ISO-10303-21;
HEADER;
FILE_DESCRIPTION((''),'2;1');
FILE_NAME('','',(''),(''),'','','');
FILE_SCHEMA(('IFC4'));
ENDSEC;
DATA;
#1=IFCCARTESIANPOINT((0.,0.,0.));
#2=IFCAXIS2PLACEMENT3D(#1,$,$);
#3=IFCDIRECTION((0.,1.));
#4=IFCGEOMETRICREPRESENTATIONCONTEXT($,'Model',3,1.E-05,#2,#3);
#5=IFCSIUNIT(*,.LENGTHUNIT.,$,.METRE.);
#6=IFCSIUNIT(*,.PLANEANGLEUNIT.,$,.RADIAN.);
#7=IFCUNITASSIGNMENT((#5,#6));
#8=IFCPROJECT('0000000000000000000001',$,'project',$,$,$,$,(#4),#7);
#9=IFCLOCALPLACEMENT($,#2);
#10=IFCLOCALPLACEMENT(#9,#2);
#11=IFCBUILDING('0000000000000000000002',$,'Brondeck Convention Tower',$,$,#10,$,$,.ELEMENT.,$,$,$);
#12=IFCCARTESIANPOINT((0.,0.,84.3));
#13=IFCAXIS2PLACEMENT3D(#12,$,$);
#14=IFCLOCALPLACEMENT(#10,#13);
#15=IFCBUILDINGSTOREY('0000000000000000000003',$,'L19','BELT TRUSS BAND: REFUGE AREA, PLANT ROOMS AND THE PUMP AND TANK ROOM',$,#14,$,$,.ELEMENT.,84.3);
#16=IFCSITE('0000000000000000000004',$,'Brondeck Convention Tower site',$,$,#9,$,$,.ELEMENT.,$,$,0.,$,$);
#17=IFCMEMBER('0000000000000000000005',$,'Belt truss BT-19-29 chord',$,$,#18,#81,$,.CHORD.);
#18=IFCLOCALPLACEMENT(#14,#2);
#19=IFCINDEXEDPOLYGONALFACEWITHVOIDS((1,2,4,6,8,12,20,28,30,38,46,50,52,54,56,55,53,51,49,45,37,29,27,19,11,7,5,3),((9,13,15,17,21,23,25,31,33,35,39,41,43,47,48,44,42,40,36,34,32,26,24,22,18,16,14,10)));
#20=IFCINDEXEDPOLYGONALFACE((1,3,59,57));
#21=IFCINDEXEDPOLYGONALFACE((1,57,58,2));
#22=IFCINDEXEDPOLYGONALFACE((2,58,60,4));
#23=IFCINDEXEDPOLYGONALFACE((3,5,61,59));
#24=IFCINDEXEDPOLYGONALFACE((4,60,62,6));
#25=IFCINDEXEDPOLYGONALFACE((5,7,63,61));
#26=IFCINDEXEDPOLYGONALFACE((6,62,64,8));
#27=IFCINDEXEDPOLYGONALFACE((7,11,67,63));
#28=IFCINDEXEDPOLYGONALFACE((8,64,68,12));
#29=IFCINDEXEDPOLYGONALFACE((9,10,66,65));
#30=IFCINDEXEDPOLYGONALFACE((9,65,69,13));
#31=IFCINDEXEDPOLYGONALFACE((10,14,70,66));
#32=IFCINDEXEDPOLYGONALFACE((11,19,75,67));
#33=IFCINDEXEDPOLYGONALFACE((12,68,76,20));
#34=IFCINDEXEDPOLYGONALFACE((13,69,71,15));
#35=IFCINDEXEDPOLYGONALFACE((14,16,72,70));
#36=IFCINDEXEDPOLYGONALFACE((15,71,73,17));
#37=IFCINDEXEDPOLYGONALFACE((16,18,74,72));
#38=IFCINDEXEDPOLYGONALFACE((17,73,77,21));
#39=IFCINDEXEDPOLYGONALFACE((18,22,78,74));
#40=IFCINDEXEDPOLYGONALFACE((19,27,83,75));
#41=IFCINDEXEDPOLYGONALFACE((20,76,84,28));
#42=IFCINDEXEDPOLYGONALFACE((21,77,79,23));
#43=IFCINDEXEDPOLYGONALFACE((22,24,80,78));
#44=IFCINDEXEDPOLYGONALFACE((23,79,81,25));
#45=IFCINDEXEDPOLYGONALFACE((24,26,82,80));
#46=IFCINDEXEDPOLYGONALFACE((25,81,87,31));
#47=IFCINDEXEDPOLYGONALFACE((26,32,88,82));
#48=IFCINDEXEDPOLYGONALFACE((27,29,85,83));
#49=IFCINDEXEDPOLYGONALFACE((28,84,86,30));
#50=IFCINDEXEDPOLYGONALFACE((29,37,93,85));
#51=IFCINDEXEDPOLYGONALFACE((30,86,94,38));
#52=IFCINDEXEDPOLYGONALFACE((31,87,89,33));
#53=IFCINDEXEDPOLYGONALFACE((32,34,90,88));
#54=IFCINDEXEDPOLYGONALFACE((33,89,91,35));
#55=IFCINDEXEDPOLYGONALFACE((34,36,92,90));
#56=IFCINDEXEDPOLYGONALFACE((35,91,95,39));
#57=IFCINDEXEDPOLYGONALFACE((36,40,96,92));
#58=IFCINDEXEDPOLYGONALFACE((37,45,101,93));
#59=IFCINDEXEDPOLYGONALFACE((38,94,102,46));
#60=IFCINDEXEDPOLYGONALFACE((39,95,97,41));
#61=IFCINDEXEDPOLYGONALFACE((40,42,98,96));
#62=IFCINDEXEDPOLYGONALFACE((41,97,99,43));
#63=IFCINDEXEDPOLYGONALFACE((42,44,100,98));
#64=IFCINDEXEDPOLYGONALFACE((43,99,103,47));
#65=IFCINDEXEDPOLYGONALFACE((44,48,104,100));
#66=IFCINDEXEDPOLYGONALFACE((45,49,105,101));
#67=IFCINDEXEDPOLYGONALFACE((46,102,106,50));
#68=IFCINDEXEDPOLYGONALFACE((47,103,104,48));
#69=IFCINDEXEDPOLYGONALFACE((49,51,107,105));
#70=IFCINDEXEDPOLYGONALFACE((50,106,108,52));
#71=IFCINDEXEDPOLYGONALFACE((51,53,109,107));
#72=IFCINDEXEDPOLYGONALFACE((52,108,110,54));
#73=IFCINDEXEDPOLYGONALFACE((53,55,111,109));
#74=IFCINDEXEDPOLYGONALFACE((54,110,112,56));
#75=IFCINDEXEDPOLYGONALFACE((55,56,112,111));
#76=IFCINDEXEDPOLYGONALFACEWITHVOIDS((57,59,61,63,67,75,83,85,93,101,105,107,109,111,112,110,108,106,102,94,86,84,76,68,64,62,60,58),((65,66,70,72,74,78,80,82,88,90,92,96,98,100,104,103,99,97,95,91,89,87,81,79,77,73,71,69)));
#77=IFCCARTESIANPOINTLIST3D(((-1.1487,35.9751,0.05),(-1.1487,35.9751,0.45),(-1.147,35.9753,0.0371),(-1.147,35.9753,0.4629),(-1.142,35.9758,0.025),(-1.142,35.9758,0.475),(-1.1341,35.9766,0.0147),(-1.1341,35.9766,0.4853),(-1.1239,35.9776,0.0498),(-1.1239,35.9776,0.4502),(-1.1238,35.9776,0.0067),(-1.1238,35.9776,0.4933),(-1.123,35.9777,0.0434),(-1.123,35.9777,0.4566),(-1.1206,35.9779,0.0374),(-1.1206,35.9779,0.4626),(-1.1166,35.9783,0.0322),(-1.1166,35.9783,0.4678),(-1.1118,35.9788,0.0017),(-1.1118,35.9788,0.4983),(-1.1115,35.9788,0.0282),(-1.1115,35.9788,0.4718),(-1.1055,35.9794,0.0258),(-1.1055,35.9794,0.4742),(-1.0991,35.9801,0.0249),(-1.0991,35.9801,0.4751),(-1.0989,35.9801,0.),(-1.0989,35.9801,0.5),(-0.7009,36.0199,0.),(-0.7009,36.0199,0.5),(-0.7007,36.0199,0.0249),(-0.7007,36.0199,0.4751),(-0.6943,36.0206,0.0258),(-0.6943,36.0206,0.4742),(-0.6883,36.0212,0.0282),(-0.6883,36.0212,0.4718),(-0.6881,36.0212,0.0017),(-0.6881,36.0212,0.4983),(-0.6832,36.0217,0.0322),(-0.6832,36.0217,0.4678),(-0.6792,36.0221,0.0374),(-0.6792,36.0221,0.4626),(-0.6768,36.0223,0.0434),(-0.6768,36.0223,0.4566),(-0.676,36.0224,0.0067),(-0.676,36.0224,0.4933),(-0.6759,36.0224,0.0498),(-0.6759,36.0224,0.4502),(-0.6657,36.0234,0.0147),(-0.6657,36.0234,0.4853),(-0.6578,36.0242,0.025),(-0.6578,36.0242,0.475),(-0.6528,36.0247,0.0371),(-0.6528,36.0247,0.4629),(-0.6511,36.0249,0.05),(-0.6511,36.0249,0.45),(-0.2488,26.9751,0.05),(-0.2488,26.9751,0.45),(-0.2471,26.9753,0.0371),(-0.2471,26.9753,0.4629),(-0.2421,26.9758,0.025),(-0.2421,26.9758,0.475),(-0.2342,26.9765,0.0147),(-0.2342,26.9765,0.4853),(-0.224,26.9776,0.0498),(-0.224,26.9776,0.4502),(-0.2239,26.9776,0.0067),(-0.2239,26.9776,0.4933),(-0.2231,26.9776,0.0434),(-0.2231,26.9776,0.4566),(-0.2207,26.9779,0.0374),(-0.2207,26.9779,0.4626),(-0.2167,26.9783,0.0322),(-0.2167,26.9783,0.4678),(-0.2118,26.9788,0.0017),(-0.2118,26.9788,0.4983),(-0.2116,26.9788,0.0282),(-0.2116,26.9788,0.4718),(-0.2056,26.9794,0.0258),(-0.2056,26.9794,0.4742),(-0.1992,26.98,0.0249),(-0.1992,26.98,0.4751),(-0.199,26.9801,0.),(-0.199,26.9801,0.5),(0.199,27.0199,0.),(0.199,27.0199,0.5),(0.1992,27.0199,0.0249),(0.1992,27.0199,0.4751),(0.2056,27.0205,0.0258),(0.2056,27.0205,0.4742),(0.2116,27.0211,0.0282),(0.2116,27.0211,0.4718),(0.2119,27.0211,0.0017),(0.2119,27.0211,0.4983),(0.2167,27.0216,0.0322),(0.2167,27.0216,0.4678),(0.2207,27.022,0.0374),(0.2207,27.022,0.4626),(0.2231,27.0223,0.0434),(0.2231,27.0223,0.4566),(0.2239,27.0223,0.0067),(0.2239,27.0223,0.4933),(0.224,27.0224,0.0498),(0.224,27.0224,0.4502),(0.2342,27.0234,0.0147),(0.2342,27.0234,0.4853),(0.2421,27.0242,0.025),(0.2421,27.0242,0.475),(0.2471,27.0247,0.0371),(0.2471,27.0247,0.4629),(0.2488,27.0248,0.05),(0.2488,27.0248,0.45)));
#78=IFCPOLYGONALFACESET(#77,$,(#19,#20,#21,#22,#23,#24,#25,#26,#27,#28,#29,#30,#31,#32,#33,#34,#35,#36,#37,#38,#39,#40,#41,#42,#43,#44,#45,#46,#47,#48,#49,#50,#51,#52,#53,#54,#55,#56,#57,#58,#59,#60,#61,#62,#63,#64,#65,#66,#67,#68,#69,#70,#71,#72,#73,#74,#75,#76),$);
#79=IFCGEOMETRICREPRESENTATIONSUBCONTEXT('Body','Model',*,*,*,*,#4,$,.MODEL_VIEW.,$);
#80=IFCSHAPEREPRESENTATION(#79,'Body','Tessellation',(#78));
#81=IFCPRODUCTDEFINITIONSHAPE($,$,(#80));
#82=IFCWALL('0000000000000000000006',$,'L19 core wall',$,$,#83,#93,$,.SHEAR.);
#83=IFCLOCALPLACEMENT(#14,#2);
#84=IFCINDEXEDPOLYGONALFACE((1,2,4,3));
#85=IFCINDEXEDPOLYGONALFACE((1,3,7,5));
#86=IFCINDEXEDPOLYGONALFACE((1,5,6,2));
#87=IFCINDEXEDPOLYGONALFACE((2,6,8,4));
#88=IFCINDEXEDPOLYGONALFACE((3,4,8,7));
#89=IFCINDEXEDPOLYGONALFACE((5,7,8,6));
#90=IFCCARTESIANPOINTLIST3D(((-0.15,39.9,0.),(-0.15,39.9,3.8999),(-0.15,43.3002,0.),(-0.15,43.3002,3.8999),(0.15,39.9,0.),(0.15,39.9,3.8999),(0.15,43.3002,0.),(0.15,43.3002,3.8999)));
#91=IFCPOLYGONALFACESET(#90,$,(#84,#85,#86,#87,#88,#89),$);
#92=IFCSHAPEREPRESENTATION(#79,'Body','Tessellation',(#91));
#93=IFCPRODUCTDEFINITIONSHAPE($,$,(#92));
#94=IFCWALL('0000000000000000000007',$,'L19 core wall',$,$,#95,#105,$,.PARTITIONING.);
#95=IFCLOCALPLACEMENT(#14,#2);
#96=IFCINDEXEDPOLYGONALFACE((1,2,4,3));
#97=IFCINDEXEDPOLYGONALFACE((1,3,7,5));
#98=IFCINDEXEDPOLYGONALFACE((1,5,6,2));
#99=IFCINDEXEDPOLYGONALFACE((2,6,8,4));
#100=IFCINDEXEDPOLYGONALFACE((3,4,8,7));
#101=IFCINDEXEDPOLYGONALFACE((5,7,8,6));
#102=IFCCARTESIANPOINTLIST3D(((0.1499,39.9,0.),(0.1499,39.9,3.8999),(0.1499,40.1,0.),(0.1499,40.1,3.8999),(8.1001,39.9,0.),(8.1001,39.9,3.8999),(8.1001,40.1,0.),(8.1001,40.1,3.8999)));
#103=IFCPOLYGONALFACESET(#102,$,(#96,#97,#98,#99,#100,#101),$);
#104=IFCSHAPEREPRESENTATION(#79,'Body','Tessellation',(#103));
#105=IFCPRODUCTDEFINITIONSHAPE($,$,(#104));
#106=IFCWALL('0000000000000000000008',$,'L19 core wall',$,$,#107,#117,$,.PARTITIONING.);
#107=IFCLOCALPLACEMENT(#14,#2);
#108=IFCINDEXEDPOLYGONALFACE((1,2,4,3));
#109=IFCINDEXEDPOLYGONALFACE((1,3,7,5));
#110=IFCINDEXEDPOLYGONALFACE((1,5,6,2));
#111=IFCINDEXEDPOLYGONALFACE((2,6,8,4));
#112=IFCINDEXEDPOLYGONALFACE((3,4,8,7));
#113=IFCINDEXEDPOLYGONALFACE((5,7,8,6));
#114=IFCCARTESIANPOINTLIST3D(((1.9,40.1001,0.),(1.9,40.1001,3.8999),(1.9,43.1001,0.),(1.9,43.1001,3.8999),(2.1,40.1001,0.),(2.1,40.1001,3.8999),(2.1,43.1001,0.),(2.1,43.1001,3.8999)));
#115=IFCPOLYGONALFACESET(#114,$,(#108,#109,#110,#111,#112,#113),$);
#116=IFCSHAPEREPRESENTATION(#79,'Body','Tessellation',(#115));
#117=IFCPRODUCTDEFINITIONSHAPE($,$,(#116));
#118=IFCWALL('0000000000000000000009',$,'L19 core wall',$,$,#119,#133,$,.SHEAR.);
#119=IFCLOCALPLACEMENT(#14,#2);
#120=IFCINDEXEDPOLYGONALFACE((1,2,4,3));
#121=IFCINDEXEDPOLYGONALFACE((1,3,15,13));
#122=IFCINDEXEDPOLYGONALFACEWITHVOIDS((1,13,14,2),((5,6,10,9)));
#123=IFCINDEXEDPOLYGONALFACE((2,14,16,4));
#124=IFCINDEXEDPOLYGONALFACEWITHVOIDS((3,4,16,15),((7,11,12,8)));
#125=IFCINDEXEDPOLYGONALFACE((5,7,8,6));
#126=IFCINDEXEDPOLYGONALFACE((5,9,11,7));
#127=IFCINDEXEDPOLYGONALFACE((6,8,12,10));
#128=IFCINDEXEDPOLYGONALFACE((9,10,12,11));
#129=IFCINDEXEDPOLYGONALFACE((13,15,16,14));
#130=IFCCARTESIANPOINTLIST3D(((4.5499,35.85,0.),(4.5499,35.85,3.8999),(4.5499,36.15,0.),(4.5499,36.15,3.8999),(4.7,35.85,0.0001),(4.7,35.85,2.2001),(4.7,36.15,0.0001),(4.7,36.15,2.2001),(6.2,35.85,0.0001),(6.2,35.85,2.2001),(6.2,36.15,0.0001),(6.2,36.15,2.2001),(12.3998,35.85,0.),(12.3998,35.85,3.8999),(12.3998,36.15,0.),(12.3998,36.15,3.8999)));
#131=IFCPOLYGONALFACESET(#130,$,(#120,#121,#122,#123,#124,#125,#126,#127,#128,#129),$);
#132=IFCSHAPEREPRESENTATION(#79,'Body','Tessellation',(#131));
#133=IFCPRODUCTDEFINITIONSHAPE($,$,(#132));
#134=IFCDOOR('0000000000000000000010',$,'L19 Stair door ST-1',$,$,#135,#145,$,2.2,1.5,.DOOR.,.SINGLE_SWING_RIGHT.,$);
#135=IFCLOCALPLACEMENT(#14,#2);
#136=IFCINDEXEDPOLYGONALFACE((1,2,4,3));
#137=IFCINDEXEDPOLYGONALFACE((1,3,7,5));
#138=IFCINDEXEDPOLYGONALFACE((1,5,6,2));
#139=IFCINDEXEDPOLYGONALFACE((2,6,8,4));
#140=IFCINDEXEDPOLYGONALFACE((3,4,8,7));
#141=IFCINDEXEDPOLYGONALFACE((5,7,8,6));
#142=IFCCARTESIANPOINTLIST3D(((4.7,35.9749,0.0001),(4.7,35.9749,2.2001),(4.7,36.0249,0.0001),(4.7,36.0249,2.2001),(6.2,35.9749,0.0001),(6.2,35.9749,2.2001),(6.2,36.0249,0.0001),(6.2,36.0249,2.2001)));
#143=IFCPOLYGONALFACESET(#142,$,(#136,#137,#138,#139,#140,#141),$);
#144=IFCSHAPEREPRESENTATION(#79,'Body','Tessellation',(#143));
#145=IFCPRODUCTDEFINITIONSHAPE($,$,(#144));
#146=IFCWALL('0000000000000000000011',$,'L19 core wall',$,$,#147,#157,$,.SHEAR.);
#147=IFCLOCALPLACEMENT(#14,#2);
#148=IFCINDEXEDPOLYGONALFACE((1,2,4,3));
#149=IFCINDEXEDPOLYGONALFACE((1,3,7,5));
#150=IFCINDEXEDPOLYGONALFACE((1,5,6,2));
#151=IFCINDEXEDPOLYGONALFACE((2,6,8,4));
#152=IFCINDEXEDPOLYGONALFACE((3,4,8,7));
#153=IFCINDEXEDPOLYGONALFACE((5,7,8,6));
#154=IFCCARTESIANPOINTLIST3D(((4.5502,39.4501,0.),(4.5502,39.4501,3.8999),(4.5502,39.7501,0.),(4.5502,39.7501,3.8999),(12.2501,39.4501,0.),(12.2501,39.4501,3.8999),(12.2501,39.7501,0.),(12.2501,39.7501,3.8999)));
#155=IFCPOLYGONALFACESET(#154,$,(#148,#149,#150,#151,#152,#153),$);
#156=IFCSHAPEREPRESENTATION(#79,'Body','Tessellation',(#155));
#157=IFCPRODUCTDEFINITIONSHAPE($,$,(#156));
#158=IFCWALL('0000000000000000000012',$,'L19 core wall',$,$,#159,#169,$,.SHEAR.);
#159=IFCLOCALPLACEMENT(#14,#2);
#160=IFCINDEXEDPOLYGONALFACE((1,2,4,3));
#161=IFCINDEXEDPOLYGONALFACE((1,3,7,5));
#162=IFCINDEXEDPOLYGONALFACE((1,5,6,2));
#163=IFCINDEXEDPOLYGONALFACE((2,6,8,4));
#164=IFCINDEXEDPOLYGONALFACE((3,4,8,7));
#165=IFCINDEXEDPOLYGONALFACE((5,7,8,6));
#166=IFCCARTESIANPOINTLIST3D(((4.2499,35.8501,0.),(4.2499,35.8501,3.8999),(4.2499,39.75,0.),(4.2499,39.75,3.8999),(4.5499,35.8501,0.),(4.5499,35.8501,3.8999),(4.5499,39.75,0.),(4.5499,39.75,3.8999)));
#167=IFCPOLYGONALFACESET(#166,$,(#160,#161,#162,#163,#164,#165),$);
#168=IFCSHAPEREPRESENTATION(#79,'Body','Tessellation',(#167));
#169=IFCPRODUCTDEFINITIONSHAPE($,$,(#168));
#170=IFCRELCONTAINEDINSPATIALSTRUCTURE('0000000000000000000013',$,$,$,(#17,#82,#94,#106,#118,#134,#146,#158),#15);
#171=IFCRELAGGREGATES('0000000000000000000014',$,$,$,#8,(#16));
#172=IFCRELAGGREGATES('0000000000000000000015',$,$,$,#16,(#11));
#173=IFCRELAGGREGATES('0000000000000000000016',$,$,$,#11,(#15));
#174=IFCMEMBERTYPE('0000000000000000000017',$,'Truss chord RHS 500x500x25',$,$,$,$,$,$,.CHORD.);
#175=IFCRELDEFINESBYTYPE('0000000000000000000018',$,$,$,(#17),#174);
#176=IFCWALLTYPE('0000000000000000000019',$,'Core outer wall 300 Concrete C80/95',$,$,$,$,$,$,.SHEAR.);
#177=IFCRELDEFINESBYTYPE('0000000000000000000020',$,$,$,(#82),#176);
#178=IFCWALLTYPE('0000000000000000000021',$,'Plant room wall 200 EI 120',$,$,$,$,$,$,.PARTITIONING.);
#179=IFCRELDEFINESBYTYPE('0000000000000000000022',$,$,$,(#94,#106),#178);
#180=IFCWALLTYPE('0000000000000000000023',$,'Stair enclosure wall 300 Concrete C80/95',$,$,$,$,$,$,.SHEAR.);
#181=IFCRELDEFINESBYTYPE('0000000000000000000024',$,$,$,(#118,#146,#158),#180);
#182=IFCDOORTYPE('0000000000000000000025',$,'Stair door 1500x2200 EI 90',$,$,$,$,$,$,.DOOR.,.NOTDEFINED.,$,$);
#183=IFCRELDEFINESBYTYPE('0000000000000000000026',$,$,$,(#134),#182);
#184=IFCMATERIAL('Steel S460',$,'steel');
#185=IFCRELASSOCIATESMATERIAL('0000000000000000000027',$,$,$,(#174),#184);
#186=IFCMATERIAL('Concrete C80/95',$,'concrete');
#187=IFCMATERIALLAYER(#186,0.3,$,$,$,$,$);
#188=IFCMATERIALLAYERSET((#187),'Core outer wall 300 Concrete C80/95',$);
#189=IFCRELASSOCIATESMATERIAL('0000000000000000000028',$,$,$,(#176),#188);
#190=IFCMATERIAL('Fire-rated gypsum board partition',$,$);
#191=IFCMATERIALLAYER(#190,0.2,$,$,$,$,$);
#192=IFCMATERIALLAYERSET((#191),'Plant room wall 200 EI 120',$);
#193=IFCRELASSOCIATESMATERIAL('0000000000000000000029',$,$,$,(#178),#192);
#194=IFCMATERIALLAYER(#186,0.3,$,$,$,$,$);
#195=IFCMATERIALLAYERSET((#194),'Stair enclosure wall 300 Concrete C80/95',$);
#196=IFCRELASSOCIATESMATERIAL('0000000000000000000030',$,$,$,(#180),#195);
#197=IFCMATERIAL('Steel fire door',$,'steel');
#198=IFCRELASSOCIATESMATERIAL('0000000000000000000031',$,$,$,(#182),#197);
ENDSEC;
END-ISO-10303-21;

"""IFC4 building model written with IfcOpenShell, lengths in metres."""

from ifc_helpers import new_model, si_unit, direction, frame, frame_2d, origin, origin_2d, place, context, subcontext, project, spatial, rectangle, hollow_rectangle, extrude, material, layer, layer_set, material_profile, profile_set, type_object, element, fill, save


model = new_model("IFC4")

# Units and contexts
model_context = context("Model", 3, precision=1e-05, world=origin(), true_north=direction((0.0, 1.0)))
body_context = subcontext(model_context, "Body", "Model", "MODEL_VIEW")
ifc_project = project(units=[si_unit("LENGTHUNIT", "METRE"), si_unit("PLANEANGLEUNIT", "RADIAN")], contexts=[model_context])

# Site, building, storey
site_placement = place(None, origin())
site = spatial("IfcSite", under=ifc_project, at=site_placement, Name="Brondeck Convention Tower site", CompositionType="ELEMENT", RefElevation=0.0)
building_placement = place(site_placement, origin())
building = spatial("IfcBuilding", under=site, at=building_placement, Name="Brondeck Convention Tower", CompositionType="ELEMENT")
storey_placement = place(building_placement, frame((0.0, 0.0, 84.3)))
storey = spatial("IfcBuildingStorey", under=building, at=storey_placement, Name="L19", Description="BELT TRUSS BAND: REFUGE AREA, PLANT ROOMS AND THE PUMP AND TANK ROOM", CompositionType="ELEMENT", Elevation=84.3)

# Shared definitions
ifc_material_1 = material(Name="Concrete C80/95", Category="concrete")

# Shared definitions
ifc_material_2 = material(Name="Steel S460", Category="steel")

# Member
ifc_material_profile_1 = material_profile(ifc_material_2, hollow_rectangle(XDim=0.5, YDim=0.5, WallThickness=0.0249, InnerFilletRadius=0.0249, OuterFilletRadius=0.05, at=origin_2d()), Name="RHS 500x500x25")
ifc_profile_set_1 = profile_set([ifc_material_profile_1], Name="Steel S460")
member_type_1 = type_object("IfcMemberType", Name="Truss chord RHS 500x500x25", PredefinedType="CHORD", material=ifc_profile_set_1)
member_placement = place(storey_placement, frame((-0.8999, 36.0, 0.25), z_axis=(0.099493, -0.995038, 0.0), x_axis=(0.995038, 0.099493, 0.0)))
element("IfcMember", 1, at=member_placement, inside=storey, type_object=member_type_1, Name="Belt truss BT-19-29 chord", PredefinedType="CHORD", context=body_context, shape_type="SweptSolid", body=[
    extrude(hollow_rectangle(XDim=0.5, YDim=0.5, WallThickness=0.0249, InnerFilletRadius=0.0249, OuterFilletRadius=0.05, at=origin_2d()), origin(), (0.0, 0.0, 1.0), 9.0449),
])

# Walls
ifc_layer_1 = layer(ifc_material_1, 0.3)
ifc_layer_set_1 = layer_set([ifc_layer_1], Name="Core outer wall 300 Concrete C80/95")
wall_type_1 = type_object("IfcWallType", Name="Core outer wall 300 Concrete C80/95", PredefinedType="SHEAR", material=ifc_layer_set_1)
wall_1_placement = place(storey_placement, frame((0.0, 39.8999, 0.0), z_axis=(0.0, 0.0, 1.0), x_axis=(0.0, 1.0, 0.0)))
element("IfcWall", 2, at=wall_1_placement, inside=storey, type_object=wall_type_1, Name="L19 core wall", PredefinedType="SHEAR", context=body_context, shape_type="SweptSolid", body=[
    extrude(rectangle(XDim=3.4001, YDim=0.3, at=frame_2d((1.7002, 0.0))), origin(), (0.0, 0.0, 1.0), 3.8999),
])
ifc_material_3 = material(Name="Fire-rated gypsum board partition")
ifc_layer_2 = layer(ifc_material_3, 0.2)
ifc_layer_set_2 = layer_set([ifc_layer_2], Name="Plant room wall 200 EI 120")
wall_type_2 = type_object("IfcWallType", Name="Plant room wall 200 EI 120", PredefinedType="PARTITIONING", material=ifc_layer_set_2)
wall_2_placement = place(storey_placement, frame((0.1499, 40.0, 0.0), z_axis=(0.0, 0.0, 1.0), x_axis=(1.0, 0.0, 0.0)))
element("IfcWall", 3, at=wall_2_placement, inside=storey, type_object=wall_type_2, Name="L19 core wall", PredefinedType="PARTITIONING", context=body_context, shape_type="SweptSolid", body=[
    extrude(rectangle(XDim=7.9502, YDim=0.2, at=frame_2d((3.9751, 0.0))), origin(), (0.0, 0.0, 1.0), 3.8999),
])
wall_3_placement = place(storey_placement, frame((2.0, 40.1001, 0.0), z_axis=(0.0, 0.0, 1.0), x_axis=(0.0, 1.0, 0.0)))
element("IfcWall", 4, at=wall_3_placement, inside=storey, type_object=wall_type_2, Name="L19 core wall", PredefinedType="PARTITIONING", context=body_context, shape_type="SweptSolid", body=[
    extrude(rectangle(XDim=3.0, YDim=0.2, at=frame_2d((1.5, 0.0))), origin(), (0.0, 0.0, 1.0), 3.8999),
])

# Wall, opening, door
ifc_layer_3 = layer(ifc_material_1, 0.3)
ifc_layer_set_3 = layer_set([ifc_layer_3], Name="Stair enclosure wall 300 Concrete C80/95")
wall_type_3 = type_object("IfcWallType", Name="Stair enclosure wall 300 Concrete C80/95", PredefinedType="SHEAR", material=ifc_layer_set_3)
wall_4_placement = place(storey_placement, frame((4.55, 36.0, 0.0), z_axis=(0.0, 0.0, 1.0), x_axis=(1.0, 0.0, 0.0)))
wall_4 = element("IfcWall", 5, at=wall_4_placement, inside=storey, type_object=wall_type_3, Name="L19 core wall", PredefinedType="SHEAR", context=body_context, shape_type="SweptSolid", body=[
    extrude(rectangle(XDim=7.8499, YDim=0.3, at=frame_2d((3.9248, 0.0))), origin(), (0.0, 0.0, 1.0), 3.8999),
])
opening_placement = place(wall_4_placement, frame((0.1499, 0.0, 0.0)))
opening = element("IfcOpeningElement", 6, at=opening_placement, cuts=wall_4, PredefinedType="OPENING", context=body_context, shape_type="SweptSolid", body=[
    extrude(rectangle(XDim=1.5, YDim=2.2, at=frame_2d((0.75, 1.1001))), frame((0.0, 0.1599, 0.0), z_axis=(0.0, -1.0, 0.0), x_axis=(1.0, 0.0, 0.0)), (0.0, 0.0, 1.0), 0.3201),
])
ifc_material_4 = material(Name="Steel fire door", Category="steel")
door_type = type_object("IfcDoorType", Name="Stair door 1500x2200 EI 90", OperationType="NOTDEFINED", PredefinedType="DOOR", material=ifc_material_4)
door_placement = place(opening_placement, origin())
door = element("IfcDoor", 7, at=door_placement, inside=storey, type_object=door_type, Name="L19 Stair door ST-1", OperationType="SINGLE_SWING_RIGHT", OverallHeight=2.2, OverallWidth=1.5, PredefinedType="DOOR", context=body_context, shape_type="SweptSolid", body=[
    extrude(rectangle(XDim=1.5, YDim=2.2, at=frame_2d((0.75, 1.1001))), frame((0.0, 0.0249, 0.0), z_axis=(0.0, -1.0, 0.0), x_axis=(1.0, 0.0, 0.0)), (0.0, 0.0, 1.0), 0.05),
])
fill(opening, door)

# Walls
wall_5_placement = place(storey_placement, frame((4.55, 39.6001, 0.0), z_axis=(0.0, 0.0, 1.0), x_axis=(1.0, 0.0, 0.0)))
element("IfcWall", 8, at=wall_5_placement, inside=storey, type_object=wall_type_3, Name="L19 core wall", PredefinedType="SHEAR", context=body_context, shape_type="SweptSolid", body=[
    extrude(rectangle(XDim=7.7, YDim=0.3, at=frame_2d((3.8501, 0.0))), origin(), (0.0, 0.0, 1.0), 3.8999),
])
wall_6_placement = place(storey_placement, frame((4.3999, 35.8501, 0.0), z_axis=(0.0, 0.0, 1.0), x_axis=(0.0, 1.0, 0.0)))
element("IfcWall", 9, at=wall_6_placement, inside=storey, type_object=wall_type_3, Name="L19 core wall", PredefinedType="SHEAR", context=body_context, shape_type="SweptSolid", body=[
    extrude(rectangle(XDim=3.8999, YDim=0.3, at=frame_2d((1.95, 0.0))), origin(), (0.0, 0.0, 1.0), 3.8999),
])

save(model, "model.ifc")
